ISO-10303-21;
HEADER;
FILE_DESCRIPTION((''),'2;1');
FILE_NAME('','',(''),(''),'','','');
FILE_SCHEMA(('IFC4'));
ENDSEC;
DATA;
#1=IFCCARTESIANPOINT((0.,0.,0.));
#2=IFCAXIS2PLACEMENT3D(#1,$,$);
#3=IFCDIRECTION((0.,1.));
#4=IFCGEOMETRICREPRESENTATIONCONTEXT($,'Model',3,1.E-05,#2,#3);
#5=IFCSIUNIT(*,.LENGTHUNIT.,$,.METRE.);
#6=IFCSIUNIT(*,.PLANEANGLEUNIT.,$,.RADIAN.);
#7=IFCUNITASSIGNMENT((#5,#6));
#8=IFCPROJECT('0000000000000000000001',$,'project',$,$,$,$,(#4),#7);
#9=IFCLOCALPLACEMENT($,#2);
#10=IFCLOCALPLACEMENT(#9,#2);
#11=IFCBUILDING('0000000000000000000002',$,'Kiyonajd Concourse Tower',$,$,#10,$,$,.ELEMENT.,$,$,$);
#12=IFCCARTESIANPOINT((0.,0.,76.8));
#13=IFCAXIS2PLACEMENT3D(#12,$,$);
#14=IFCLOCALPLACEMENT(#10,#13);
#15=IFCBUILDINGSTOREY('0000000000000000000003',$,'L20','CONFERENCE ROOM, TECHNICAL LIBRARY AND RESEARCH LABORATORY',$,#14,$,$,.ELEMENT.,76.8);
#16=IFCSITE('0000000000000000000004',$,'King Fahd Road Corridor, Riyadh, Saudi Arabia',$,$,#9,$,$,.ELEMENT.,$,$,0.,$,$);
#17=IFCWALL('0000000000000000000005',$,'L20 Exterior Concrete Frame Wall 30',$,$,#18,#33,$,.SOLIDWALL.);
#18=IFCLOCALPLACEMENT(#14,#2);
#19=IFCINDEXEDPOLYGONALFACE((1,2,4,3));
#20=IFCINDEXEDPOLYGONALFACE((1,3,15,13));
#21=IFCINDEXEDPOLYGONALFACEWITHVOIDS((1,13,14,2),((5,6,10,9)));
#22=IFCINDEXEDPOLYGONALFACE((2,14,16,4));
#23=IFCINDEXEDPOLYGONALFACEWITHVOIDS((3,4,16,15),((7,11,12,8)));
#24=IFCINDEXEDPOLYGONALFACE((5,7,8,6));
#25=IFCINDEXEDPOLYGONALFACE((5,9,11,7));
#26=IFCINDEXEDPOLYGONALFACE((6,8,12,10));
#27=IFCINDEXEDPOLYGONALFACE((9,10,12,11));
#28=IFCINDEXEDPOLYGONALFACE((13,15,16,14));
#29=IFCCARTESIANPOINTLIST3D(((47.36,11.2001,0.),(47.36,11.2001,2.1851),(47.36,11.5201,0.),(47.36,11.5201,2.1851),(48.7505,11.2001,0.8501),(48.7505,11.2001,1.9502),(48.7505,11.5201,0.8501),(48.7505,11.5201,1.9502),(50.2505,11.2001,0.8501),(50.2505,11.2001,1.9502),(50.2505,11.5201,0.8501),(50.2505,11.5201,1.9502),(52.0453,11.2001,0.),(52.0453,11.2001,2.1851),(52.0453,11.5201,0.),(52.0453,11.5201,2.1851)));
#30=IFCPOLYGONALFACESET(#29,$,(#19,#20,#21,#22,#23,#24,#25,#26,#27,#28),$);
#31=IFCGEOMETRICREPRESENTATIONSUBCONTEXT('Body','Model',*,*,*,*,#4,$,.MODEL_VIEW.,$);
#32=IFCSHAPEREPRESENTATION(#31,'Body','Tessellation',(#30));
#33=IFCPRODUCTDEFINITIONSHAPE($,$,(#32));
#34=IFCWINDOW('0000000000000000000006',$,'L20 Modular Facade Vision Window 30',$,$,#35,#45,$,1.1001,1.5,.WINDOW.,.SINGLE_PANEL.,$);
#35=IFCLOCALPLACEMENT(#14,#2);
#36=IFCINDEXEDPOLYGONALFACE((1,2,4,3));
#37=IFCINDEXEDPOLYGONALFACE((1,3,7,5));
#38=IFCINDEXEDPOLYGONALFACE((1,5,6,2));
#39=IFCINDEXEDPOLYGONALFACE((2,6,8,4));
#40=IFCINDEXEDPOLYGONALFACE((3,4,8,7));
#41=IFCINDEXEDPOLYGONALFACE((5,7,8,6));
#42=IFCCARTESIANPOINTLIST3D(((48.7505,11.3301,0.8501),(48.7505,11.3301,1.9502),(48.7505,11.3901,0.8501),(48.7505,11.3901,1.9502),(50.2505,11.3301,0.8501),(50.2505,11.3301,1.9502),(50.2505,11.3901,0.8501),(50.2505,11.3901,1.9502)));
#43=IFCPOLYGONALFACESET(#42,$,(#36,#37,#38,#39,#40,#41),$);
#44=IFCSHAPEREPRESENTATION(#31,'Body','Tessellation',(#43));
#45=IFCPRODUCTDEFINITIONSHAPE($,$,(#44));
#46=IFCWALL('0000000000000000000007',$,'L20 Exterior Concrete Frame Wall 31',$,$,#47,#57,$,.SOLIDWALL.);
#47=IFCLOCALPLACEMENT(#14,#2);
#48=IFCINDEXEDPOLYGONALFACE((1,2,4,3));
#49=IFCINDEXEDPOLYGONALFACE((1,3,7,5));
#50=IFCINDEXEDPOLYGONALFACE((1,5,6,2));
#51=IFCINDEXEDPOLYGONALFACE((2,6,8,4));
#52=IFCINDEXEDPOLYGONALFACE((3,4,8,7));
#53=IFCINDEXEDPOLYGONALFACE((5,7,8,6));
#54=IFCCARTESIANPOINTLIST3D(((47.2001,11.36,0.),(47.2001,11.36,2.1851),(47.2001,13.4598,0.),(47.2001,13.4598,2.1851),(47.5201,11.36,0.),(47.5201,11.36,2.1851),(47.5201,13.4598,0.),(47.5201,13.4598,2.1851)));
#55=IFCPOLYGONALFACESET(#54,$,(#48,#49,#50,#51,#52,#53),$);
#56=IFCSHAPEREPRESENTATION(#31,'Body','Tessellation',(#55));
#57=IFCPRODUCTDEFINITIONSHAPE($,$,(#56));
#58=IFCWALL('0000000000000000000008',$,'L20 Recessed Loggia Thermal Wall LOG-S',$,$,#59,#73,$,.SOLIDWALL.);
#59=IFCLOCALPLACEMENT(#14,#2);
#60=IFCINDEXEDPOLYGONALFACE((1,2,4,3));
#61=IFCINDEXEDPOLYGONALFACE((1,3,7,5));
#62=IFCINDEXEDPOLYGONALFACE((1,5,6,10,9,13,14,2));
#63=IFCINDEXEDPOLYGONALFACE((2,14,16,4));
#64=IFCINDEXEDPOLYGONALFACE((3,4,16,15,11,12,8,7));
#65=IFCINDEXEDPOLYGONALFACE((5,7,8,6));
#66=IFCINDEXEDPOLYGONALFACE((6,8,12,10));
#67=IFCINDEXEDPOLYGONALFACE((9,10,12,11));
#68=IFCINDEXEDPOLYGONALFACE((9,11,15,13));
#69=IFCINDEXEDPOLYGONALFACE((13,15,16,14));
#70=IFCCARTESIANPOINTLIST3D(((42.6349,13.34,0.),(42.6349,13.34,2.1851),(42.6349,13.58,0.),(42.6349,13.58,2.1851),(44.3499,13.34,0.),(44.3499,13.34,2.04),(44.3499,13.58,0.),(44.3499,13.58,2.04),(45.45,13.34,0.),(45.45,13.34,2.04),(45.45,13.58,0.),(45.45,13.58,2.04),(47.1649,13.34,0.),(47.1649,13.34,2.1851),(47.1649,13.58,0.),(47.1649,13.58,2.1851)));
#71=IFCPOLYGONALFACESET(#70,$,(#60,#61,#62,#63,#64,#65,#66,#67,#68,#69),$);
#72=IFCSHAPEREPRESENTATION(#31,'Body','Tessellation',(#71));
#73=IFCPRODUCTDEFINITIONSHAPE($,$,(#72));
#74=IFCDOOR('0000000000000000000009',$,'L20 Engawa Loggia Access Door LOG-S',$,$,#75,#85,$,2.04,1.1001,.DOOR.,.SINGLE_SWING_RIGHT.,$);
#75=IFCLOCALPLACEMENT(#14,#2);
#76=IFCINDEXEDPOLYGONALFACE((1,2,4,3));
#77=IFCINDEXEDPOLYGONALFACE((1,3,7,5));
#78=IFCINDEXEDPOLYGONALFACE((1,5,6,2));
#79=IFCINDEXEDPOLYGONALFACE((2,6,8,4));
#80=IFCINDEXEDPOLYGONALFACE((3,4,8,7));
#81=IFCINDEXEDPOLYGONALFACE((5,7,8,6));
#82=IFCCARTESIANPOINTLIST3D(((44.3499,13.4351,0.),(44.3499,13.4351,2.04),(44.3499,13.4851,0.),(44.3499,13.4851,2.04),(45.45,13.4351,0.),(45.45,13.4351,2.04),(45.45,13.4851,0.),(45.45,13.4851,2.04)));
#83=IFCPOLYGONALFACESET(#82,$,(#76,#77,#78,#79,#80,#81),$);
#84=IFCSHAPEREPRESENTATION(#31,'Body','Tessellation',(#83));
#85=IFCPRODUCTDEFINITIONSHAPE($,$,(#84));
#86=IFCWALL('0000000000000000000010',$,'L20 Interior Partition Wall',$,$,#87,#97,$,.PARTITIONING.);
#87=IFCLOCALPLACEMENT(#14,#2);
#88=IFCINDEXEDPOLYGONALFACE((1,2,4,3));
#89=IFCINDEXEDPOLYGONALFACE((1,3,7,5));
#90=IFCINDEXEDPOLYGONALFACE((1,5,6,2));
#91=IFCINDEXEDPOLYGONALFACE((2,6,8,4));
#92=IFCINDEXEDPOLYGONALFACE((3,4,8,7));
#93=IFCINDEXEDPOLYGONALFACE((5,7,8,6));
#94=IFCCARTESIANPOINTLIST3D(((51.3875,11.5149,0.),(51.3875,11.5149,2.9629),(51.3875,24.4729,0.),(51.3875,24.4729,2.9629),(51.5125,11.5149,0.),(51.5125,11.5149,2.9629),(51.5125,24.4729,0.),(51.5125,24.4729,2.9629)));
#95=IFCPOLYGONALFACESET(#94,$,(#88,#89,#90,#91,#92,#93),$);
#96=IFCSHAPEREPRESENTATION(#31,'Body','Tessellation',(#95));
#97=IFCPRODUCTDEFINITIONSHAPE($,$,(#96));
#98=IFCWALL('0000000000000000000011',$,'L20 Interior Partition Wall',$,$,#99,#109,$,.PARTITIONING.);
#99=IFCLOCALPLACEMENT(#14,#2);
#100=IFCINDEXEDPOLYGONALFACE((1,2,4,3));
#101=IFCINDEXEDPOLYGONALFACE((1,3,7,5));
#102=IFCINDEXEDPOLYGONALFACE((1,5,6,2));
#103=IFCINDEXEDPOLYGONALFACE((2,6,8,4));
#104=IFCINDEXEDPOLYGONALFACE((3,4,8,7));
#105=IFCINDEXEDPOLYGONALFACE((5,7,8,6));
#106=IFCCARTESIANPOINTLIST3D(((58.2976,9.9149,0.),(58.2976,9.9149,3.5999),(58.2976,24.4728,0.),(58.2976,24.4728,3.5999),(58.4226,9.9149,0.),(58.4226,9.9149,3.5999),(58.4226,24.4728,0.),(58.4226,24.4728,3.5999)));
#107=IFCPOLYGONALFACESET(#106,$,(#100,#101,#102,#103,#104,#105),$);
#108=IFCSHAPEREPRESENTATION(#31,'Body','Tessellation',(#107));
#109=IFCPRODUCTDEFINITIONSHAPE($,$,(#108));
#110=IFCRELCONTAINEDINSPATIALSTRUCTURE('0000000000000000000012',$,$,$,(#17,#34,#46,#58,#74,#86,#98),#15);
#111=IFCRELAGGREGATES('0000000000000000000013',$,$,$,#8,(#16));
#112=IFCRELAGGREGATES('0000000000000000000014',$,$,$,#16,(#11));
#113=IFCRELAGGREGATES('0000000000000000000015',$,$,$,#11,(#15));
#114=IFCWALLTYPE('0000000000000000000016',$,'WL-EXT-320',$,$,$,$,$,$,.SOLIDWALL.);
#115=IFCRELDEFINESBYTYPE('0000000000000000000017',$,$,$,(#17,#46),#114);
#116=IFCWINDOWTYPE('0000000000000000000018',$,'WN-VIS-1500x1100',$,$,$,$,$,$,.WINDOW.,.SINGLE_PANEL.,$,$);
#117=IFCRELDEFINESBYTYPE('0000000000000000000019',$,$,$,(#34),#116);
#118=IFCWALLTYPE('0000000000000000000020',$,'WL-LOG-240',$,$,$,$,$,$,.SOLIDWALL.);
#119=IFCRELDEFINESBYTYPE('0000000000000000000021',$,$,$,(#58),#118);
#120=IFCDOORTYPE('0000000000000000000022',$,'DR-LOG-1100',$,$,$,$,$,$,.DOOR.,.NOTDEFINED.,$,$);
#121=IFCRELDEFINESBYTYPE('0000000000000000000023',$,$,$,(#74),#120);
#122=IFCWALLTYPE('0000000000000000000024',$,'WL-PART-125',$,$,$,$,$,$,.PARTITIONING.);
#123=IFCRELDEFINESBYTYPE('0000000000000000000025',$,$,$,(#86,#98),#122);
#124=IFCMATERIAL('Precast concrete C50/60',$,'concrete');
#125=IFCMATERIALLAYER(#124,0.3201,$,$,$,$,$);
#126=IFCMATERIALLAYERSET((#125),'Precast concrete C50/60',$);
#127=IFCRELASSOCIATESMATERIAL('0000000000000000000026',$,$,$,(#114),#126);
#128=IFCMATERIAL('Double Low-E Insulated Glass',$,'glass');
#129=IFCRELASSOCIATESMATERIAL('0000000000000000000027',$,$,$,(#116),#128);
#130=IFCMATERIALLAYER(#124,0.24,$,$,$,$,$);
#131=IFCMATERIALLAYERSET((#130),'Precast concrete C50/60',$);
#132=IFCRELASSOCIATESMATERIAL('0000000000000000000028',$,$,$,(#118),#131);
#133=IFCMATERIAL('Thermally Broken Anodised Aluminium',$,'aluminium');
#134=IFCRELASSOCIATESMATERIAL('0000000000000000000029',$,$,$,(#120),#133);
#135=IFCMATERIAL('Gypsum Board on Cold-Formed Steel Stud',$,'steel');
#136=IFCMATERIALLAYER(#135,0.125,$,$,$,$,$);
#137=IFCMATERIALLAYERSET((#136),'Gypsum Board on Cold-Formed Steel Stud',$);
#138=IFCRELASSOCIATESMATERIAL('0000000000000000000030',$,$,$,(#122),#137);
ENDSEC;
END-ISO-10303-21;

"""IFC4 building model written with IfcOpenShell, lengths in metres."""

from ifc_helpers import new_model, si_unit, direction, frame, frame_2d, origin, place, context, subcontext, project, spatial, rectangle, extrude, material, layer, layer_set, type_object, element, fill, save


model = new_model("IFC4")

# Units and contexts
model_context = context("Model", 3, precision=1e-05, world=origin(), true_north=direction((0.0, 1.0)))
body_context = subcontext(model_context, "Body", "Model", "MODEL_VIEW")
ifc_project = project(units=[si_unit("LENGTHUNIT", "METRE"), si_unit("PLANEANGLEUNIT", "RADIAN")], contexts=[model_context])

# Site, building, storey
site_placement = place(None, origin())
site = spatial("IfcSite", under=ifc_project, at=site_placement, Name="King Fahd Road Corridor, Riyadh, Saudi Arabia", CompositionType="ELEMENT", RefElevation=0.0)
building_placement = place(site_placement, origin())
building = spatial("IfcBuilding", under=site, at=building_placement, Name="Kiyonajd Concourse Tower", CompositionType="ELEMENT")
storey_placement = place(building_placement, frame((0.0, 0.0, 76.8)))
storey = spatial("IfcBuildingStorey", under=building, at=storey_placement, Name="L20", Description="CONFERENCE ROOM, TECHNICAL LIBRARY AND RESEARCH LABORATORY", CompositionType="ELEMENT", Elevation=76.8)

# Shared definitions
ifc_material_1 = material(Name="Thermally Broken Anodised Aluminium", Category="aluminium")

# Shared definitions
ifc_material_2 = material(Name="Precast concrete C50/60", Category="concrete")
ifc_layer_1 = layer(ifc_material_2, 0.3201)
ifc_layer_set_1 = layer_set([ifc_layer_1], Name="Precast concrete C50/60")
wall_type_1 = type_object("IfcWallType", Name="WL-EXT-320", PredefinedType="SOLIDWALL", material=ifc_layer_set_1)

# Wall, opening, window
wall_1_placement = place(storey_placement, frame((52.0454, 11.3601, 0.0), z_axis=(0.0, 0.0, 1.0), x_axis=(-1.0, 0.0, 0.0)))
wall_1 = element("IfcWall", 1, at=wall_1_placement, inside=storey, type_object=wall_type_1, Name="L20 Exterior Concrete Frame Wall 30", PredefinedType="SOLIDWALL", context=body_context, shape_type="SweptSolid", body=[
    extrude(rectangle(XDim=4.6853, YDim=0.3201, at=frame_2d((2.3428, 0.0))), origin(), (0.0, 0.0, 1.0), 2.1851),
])
opening_1_placement = place(wall_1_placement, frame((1.7949, 0.0, 0.8501)))
opening_1 = element("IfcOpeningElement", 2, at=opening_1_placement, cuts=wall_1, PredefinedType="OPENING", context=body_context, shape_type="SweptSolid", body=[
    extrude(rectangle(XDim=1.5, YDim=1.1001, at=frame_2d((0.75, 0.55))), frame((0.0, 0.1699, 0.0), z_axis=(0.0, -1.0, 0.0), x_axis=(1.0, 0.0, 0.0)), (0.0, 0.0, 1.0), 0.3401),
])
ifc_material_3 = material(Name="Double Low-E Insulated Glass", Category="glass")
window_type = type_object("IfcWindowType", Name="WN-VIS-1500x1100", PartitioningType="SINGLE_PANEL", PredefinedType="WINDOW", material=ifc_material_3)
window_placement = place(opening_1_placement, origin())
window = element("IfcWindow", 3, at=window_placement, inside=storey, type_object=window_type, Name="L20 Modular Facade Vision Window 30", OverallHeight=1.1001, OverallWidth=1.5, PartitioningType="SINGLE_PANEL", PredefinedType="WINDOW", context=body_context, shape_type="SweptSolid", body=[
    extrude(rectangle(XDim=1.5, YDim=1.1001, at=frame_2d((0.75, 0.55))), frame((0.0, 0.03, 0.0), z_axis=(0.0, -1.0, 0.0), x_axis=(1.0, 0.0, 0.0)), (0.0, 0.0, 1.0), 0.0601),
])
fill(opening_1, window)

# Wall
wall_2_placement = place(storey_placement, frame((47.3601, 11.3601, 0.0), z_axis=(0.0, 0.0, 1.0), x_axis=(0.0, 1.0, 0.0)))
element("IfcWall", 4, at=wall_2_placement, inside=storey, type_object=wall_type_1, Name="L20 Exterior Concrete Frame Wall 31", PredefinedType="SOLIDWALL", context=body_context, shape_type="SweptSolid", body=[
    extrude(rectangle(XDim=2.0999, YDim=0.3201, at=frame_2d((1.0498, 0.0))), origin(), (0.0, 0.0, 1.0), 2.1851),
])

# Wall, opening, door
ifc_layer_2 = layer(ifc_material_2, 0.24)
ifc_layer_set_2 = layer_set([ifc_layer_2], Name="Precast concrete C50/60")
wall_type_2 = type_object("IfcWallType", Name="WL-LOG-240", PredefinedType="SOLIDWALL", material=ifc_layer_set_2)
wall_3_placement = place(storey_placement, frame((47.165, 13.46, 0.0), z_axis=(0.0, 0.0, 1.0), x_axis=(-1.0, 0.0, 0.0)))
wall_3 = element("IfcWall", 5, at=wall_3_placement, inside=storey, type_object=wall_type_2, Name="L20 Recessed Loggia Thermal Wall LOG-S", PredefinedType="SOLIDWALL", context=body_context, shape_type="SweptSolid", body=[
    extrude(rectangle(XDim=4.53, YDim=0.24, at=frame_2d((2.2651, 0.0))), origin(), (0.0, 0.0, 1.0), 2.1851),
])
opening_2_placement = place(wall_3_placement, frame((1.7151, 0.0, 0.0)))
opening_2 = element("IfcOpeningElement", 6, at=opening_2_placement, cuts=wall_3, PredefinedType="OPENING", context=body_context, shape_type="SweptSolid", body=[
    extrude(rectangle(XDim=1.1001, YDim=2.04, at=frame_2d((0.55, 1.02))), frame((0.0, 0.1299, 0.0), z_axis=(0.0, -1.0, 0.0), x_axis=(1.0, 0.0, 0.0)), (0.0, 0.0, 1.0), 0.26),
])
door_type = type_object("IfcDoorType", Name="DR-LOG-1100", OperationType="NOTDEFINED", PredefinedType="DOOR", material=ifc_material_1)
door_placement = place(opening_2_placement, origin())
door = element("IfcDoor", 7, at=door_placement, inside=storey, type_object=door_type, Name="L20 Engawa Loggia Access Door LOG-S", OperationType="SINGLE_SWING_RIGHT", OverallHeight=2.04, OverallWidth=1.1001, PredefinedType="DOOR", context=body_context, shape_type="SweptSolid", body=[
    extrude(rectangle(XDim=1.1001, YDim=2.04, at=frame_2d((0.55, 1.02))), frame((0.0, 0.0249, 0.0), z_axis=(0.0, -1.0, 0.0), x_axis=(1.0, 0.0, 0.0)), (0.0, 0.0, 1.0), 0.05),
])
fill(opening_2, door)

# Walls
ifc_material_4 = material(Name="Gypsum Board on Cold-Formed Steel Stud", Category="steel")
ifc_layer_3 = layer(ifc_material_4, 0.125)
ifc_layer_set_3 = layer_set([ifc_layer_3], Name="Gypsum Board on Cold-Formed Steel Stud")
wall_type_3 = type_object("IfcWallType", Name="WL-PART-125", PredefinedType="PARTITIONING", material=ifc_layer_set_3)
wall_4_placement = place(storey_placement, frame((51.45, 11.5149, 0.0), z_axis=(0.0, 0.0, 1.0), x_axis=(0.0, 1.0, 0.0)))
element("IfcWall", 8, at=wall_4_placement, inside=storey, type_object=wall_type_3, Name="L20 Interior Partition Wall", PredefinedType="PARTITIONING", context=body_context, shape_type="SweptSolid", body=[
    extrude(rectangle(XDim=12.958, YDim=0.125, at=frame_2d((6.479, 0.0))), origin(), (0.0, 0.0, 1.0), 2.9629),
])
wall_5_placement = place(storey_placement, frame((58.3601, 9.915, 0.0), z_axis=(0.0, 0.0, 1.0), x_axis=(0.0, 1.0, 0.0)))
element("IfcWall", 9, at=wall_5_placement, inside=storey, type_object=wall_type_3, Name="L20 Interior Partition Wall", PredefinedType="PARTITIONING", context=body_context, shape_type="SweptSolid", body=[
    extrude(rectangle(XDim=14.5579, YDim=0.125, at=frame_2d((7.2788, 0.0))), origin(), (0.0, 0.0, 1.0), 3.5999),
])

save(model, "model.ifc")
